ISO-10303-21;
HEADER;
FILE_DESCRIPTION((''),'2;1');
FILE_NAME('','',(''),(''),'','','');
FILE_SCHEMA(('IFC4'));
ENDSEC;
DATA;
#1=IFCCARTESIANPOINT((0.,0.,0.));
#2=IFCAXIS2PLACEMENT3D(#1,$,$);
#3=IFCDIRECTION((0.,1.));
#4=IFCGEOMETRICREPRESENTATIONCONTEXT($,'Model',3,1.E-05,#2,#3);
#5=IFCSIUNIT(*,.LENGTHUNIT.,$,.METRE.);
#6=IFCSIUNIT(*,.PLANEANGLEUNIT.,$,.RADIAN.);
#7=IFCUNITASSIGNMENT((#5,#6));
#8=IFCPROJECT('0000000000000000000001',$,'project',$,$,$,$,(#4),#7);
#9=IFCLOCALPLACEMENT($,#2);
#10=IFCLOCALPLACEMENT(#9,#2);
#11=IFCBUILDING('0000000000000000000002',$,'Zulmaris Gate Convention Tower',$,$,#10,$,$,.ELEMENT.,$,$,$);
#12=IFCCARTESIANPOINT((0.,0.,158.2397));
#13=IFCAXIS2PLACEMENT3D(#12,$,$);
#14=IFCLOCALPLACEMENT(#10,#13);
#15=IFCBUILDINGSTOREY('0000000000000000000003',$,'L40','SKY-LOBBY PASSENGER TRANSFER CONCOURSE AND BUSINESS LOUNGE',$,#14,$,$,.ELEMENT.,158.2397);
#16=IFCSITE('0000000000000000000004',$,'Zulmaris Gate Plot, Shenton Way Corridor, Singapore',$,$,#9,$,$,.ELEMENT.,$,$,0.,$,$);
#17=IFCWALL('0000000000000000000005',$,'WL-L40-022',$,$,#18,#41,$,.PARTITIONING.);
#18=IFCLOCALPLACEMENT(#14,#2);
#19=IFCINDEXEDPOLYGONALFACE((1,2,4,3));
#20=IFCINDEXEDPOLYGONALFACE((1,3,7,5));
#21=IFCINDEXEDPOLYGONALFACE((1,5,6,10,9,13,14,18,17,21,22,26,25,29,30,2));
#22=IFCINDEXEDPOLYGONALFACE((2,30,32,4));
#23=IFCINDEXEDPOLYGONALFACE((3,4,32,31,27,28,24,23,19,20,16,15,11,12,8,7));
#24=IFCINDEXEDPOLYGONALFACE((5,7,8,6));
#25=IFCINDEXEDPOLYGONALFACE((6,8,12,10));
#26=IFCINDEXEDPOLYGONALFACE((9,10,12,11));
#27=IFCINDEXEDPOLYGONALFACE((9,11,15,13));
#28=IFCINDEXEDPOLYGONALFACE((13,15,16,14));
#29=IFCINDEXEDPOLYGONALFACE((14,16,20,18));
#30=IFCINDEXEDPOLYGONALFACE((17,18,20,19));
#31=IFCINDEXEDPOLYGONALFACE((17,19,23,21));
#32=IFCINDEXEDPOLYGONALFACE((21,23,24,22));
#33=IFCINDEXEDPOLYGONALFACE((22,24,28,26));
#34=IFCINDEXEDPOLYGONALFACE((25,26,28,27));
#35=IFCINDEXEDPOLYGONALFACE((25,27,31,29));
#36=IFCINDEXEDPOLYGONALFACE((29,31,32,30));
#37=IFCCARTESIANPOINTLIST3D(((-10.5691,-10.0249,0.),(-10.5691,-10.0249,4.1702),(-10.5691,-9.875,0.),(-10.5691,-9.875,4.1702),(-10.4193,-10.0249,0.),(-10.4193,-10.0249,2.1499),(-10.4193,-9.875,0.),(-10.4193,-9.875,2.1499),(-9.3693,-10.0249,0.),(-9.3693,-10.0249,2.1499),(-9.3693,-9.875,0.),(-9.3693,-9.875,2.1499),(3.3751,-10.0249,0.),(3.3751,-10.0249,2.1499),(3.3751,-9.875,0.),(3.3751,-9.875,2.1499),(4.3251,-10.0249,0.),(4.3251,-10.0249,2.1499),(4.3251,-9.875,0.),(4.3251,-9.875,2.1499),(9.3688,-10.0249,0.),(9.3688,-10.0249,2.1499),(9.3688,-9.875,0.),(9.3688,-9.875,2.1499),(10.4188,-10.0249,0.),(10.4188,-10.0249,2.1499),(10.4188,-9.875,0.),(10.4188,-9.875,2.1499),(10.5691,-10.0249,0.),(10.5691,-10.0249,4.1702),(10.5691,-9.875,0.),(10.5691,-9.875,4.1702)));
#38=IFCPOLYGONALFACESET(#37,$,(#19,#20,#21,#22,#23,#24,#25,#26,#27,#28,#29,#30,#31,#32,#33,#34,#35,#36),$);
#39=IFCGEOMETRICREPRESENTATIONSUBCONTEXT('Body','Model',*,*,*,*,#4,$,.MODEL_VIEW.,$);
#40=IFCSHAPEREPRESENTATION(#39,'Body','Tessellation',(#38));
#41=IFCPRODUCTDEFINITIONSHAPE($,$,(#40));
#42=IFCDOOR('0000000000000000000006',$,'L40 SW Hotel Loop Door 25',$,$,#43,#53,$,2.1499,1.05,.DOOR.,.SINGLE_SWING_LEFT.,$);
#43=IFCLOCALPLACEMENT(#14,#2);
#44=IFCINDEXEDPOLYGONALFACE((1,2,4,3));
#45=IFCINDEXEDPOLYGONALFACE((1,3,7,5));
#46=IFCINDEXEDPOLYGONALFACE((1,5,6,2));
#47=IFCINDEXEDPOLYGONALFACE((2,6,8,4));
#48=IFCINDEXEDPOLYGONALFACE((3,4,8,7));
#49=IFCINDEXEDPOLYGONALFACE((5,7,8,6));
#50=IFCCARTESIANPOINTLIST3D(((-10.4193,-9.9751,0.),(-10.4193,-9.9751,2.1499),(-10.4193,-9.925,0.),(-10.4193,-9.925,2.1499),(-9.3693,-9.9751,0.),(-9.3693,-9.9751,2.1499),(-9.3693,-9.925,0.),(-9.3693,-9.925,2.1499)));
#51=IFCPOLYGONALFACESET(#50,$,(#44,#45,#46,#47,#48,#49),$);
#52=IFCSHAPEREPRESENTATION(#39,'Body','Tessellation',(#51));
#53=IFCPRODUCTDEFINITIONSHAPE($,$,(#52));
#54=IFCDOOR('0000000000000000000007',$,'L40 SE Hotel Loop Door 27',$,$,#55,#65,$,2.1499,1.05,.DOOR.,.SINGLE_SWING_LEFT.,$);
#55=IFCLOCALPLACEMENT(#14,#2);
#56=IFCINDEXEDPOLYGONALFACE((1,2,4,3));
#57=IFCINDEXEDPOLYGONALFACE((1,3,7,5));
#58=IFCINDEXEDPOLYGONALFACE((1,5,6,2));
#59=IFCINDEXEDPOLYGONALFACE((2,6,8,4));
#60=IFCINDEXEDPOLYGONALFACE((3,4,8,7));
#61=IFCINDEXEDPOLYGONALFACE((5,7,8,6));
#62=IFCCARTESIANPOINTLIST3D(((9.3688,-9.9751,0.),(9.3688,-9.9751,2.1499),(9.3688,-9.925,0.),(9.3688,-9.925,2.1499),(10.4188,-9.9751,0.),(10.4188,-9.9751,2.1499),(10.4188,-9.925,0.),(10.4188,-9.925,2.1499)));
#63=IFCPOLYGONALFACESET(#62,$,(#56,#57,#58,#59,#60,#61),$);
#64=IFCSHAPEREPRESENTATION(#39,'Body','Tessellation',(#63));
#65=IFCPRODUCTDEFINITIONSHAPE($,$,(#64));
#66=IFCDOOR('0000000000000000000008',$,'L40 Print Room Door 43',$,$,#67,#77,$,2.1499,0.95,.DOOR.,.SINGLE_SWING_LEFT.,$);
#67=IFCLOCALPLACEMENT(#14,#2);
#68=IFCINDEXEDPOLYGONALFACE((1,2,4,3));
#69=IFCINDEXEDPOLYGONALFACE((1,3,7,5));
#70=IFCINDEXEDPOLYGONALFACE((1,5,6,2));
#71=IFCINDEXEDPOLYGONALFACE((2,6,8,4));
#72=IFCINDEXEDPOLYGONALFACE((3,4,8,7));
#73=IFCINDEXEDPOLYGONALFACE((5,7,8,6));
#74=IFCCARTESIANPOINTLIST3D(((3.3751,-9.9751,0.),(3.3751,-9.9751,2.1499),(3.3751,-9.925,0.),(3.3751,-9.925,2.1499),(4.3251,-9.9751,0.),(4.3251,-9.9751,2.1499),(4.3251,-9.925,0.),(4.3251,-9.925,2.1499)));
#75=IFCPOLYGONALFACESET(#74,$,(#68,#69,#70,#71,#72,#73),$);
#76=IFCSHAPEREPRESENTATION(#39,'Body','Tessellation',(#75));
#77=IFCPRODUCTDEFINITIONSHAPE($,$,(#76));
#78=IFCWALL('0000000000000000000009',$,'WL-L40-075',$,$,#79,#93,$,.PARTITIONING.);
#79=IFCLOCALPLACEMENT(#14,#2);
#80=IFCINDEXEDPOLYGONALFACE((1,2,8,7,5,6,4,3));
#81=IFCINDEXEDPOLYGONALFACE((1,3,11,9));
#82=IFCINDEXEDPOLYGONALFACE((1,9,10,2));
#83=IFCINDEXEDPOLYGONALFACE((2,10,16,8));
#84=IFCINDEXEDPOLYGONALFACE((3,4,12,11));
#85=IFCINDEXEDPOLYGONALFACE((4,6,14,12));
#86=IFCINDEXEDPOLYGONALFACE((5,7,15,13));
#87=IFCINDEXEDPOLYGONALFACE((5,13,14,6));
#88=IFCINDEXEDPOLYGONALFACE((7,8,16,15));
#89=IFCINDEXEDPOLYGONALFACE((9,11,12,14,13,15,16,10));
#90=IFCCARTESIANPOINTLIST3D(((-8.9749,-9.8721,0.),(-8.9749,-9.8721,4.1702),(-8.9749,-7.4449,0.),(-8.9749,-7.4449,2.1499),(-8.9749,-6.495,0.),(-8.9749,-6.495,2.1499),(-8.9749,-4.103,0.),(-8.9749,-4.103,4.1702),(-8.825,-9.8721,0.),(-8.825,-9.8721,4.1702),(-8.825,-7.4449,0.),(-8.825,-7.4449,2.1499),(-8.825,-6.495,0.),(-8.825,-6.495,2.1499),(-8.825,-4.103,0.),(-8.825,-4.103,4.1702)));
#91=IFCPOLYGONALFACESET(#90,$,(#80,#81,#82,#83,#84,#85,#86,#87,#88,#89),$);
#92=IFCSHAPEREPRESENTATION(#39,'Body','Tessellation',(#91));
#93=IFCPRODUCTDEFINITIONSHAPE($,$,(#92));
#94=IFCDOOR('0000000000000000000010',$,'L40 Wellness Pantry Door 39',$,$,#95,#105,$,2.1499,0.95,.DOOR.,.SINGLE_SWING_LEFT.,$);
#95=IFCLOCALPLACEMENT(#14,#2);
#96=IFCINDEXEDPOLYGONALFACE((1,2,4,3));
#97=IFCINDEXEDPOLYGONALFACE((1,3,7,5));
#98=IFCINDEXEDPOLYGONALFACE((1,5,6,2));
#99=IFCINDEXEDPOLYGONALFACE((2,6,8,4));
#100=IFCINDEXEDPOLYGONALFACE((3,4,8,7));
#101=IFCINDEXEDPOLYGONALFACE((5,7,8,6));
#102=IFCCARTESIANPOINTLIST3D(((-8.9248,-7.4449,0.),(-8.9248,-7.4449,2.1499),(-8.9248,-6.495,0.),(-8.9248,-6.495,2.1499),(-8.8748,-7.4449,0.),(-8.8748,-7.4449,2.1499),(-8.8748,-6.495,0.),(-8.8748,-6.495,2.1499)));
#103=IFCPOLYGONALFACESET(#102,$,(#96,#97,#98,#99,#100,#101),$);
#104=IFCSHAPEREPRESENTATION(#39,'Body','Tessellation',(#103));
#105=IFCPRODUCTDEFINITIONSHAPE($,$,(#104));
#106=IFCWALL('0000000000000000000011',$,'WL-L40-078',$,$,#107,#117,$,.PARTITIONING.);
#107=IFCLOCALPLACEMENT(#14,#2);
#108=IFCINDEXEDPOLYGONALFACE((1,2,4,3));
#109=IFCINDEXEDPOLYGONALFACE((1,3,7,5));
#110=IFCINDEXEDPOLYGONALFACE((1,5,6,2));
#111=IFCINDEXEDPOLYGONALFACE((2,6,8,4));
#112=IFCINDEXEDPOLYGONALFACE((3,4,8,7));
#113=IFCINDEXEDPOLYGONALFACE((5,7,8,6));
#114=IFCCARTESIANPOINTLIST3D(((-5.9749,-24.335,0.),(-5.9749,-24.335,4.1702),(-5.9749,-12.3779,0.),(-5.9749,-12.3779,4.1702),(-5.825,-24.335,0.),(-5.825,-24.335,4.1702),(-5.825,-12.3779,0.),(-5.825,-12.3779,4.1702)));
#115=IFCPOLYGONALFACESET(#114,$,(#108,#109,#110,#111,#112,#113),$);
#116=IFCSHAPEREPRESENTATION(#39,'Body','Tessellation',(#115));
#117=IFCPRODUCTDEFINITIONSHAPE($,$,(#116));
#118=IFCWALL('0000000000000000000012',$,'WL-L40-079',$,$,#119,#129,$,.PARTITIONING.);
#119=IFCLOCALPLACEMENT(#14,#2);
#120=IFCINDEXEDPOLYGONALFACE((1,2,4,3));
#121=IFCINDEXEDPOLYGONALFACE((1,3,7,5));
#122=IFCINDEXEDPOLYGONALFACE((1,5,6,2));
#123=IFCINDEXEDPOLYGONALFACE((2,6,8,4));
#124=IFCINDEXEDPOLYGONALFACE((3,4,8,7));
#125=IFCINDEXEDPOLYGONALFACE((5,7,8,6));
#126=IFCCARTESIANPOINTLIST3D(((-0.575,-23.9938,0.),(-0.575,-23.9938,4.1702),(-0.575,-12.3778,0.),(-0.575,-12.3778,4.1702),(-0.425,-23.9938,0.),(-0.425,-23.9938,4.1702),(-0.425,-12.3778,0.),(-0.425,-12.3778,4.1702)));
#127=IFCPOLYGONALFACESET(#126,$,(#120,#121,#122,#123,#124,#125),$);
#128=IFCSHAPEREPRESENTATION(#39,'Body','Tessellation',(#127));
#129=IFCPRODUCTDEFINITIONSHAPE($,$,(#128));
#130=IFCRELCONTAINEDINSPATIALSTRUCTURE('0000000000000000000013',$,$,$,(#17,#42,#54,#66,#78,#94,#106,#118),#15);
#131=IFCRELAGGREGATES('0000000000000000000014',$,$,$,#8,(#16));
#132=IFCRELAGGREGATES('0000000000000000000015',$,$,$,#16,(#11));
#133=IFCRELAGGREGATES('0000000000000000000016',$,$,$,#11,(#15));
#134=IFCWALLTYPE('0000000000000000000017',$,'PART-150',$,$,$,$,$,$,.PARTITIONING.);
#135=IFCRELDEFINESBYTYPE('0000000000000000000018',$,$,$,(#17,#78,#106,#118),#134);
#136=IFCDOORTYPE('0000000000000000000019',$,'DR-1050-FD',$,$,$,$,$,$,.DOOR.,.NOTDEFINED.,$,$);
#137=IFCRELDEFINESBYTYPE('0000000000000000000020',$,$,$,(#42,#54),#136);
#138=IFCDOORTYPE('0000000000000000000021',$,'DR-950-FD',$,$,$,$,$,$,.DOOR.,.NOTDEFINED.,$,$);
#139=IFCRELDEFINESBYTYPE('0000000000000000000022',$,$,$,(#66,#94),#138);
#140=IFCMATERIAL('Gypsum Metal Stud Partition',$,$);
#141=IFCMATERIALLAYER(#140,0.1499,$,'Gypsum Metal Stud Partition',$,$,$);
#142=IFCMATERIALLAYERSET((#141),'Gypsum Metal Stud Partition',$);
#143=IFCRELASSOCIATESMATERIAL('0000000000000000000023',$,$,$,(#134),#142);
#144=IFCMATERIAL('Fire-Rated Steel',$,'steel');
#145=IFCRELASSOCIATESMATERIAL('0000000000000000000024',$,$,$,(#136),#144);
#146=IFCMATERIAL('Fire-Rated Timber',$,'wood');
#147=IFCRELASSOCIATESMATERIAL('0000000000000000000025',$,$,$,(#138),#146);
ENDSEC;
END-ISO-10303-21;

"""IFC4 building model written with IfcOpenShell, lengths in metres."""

from ifc_helpers import new_model, si_unit, direction, frame, frame_2d, origin, place, context, subcontext, project, spatial, rectangle, extrude, material, layer, layer_set, type_object, element, fill, save


model = new_model("IFC4")

# Units and contexts
model_context = context("Model", 3, precision=1e-05, world=origin(), true_north=direction((0.0, 1.0)))
body_context = subcontext(model_context, "Body", "Model", "MODEL_VIEW")
ifc_project = project(units=[si_unit("LENGTHUNIT", "METRE"), si_unit("PLANEANGLEUNIT", "RADIAN")], contexts=[model_context])

# Site, building, storey
site_placement = place(None, origin())
site = spatial("IfcSite", under=ifc_project, at=site_placement, Name="Zulmaris Gate Plot, Shenton Way Corridor, Singapore", CompositionType="ELEMENT", RefElevation=0.0)
building_placement = place(site_placement, origin())
building = spatial("IfcBuilding", under=site, at=building_placement, Name="Zulmaris Gate Convention Tower", CompositionType="ELEMENT")
storey_placement = place(building_placement, frame((0.0, 0.0, 158.2397)))
storey = spatial("IfcBuildingStorey", under=building, at=storey_placement, Name="L40", Description="SKY-LOBBY PASSENGER TRANSFER CONCOURSE AND BUSINESS LOUNGE", CompositionType="ELEMENT", Elevation=158.2397)

# Wall, openings, doors
ifc_material_1 = material(Name="Gypsum Metal Stud Partition")
ifc_layer_1 = layer(ifc_material_1, 0.1499, Name="Gypsum Metal Stud Partition")
ifc_layer_set_1 = layer_set([ifc_layer_1], Name="Gypsum Metal Stud Partition")
wall_type_1 = type_object("IfcWallType", Name="PART-150", PredefinedType="PARTITIONING", material=ifc_layer_set_1)
wall_1_placement = place(storey_placement, frame((-10.5691, -9.95, 0.0), z_axis=(0.0, 0.0, 1.0), x_axis=(1.0, 0.0, 0.0)))
wall_1 = element("IfcWall", 1, at=wall_1_placement, inside=storey, type_object=wall_type_1, Name="WL-L40-022", PredefinedType="PARTITIONING", context=body_context, shape_type="SweptSolid", body=[
    extrude(rectangle(XDim=21.1382, YDim=0.1499, at=frame_2d((10.5691, 0.0))), origin(), (0.0, 0.0, 1.0), 4.1702),
])
opening_1_placement = place(wall_1_placement, frame((0.1499, 0.0, 0.0)))
opening_1 = element("IfcOpeningElement", 2, at=opening_1_placement, cuts=wall_1, PredefinedType="OPENING", context=body_context, shape_type="SweptSolid", body=[
    extrude(rectangle(XDim=1.05, YDim=2.1499, at=frame_2d((0.5249, 1.075))), frame((0.0, 0.085, 0.0), z_axis=(0.0, -1.0, 0.0), x_axis=(1.0, 0.0, 0.0)), (0.0, 0.0, 1.0), 0.1699),
])
opening_2_placement = place(wall_1_placement, frame((19.938, 0.0, 0.0)))
opening_2 = element("IfcOpeningElement", 3, at=opening_2_placement, cuts=wall_1, PredefinedType="OPENING", context=body_context, shape_type="SweptSolid", body=[
    extrude(rectangle(XDim=1.05, YDim=2.1499, at=frame_2d((0.5249, 1.075))), frame((0.0, 0.085, 0.0), z_axis=(0.0, -1.0, 0.0), x_axis=(1.0, 0.0, 0.0)), (0.0, 0.0, 1.0), 0.1699),
])
opening_3_placement = place(wall_1_placement, frame((13.9441, 0.0, 0.0)))
opening_3 = element("IfcOpeningElement", 4, at=opening_3_placement, cuts=wall_1, PredefinedType="OPENING", context=body_context, shape_type="SweptSolid", body=[
    extrude(rectangle(XDim=0.95, YDim=2.1499, at=frame_2d((0.4751, 1.075))), frame((0.0, 0.085, 0.0), z_axis=(0.0, -1.0, 0.0), x_axis=(1.0, 0.0, 0.0)), (0.0, 0.0, 1.0), 0.1699),
])
ifc_material_2 = material(Name="Fire-Rated Steel", Category="steel")
door_type_1 = type_object("IfcDoorType", Name="DR-1050-FD", OperationType="NOTDEFINED", PredefinedType="DOOR", material=ifc_material_2)
door_1_placement = place(opening_1_placement, origin())
door_1 = element("IfcDoor", 5, at=door_1_placement, inside=storey, type_object=door_type_1, Name="L40 SW Hotel Loop Door 25", OperationType="SINGLE_SWING_LEFT", OverallHeight=2.1499, OverallWidth=1.05, PredefinedType="DOOR", context=body_context, shape_type="SweptSolid", body=[
    extrude(rectangle(XDim=1.05, YDim=2.1499, at=frame_2d((0.5249, 1.075))), frame((0.0, 0.0249, 0.0), z_axis=(0.0, -1.0, 0.0), x_axis=(1.0, 0.0, 0.0)), (0.0, 0.0, 1.0), 0.05),
])
fill(opening_1, door_1)
door_2_placement = place(opening_2_placement, origin())
door_2 = element("IfcDoor", 6, at=door_2_placement, inside=storey, type_object=door_type_1, Name="L40 SE Hotel Loop Door 27", OperationType="SINGLE_SWING_LEFT", OverallHeight=2.1499, OverallWidth=1.05, PredefinedType="DOOR", context=body_context, shape_type="SweptSolid", body=[
    extrude(rectangle(XDim=1.05, YDim=2.1499, at=frame_2d((0.5249, 1.075))), frame((0.0, 0.0249, 0.0), z_axis=(0.0, -1.0, 0.0), x_axis=(1.0, 0.0, 0.0)), (0.0, 0.0, 1.0), 0.05),
])
fill(opening_2, door_2)
ifc_material_3 = material(Name="Fire-Rated Timber", Category="wood")
door_type_2 = type_object("IfcDoorType", Name="DR-950-FD", OperationType="NOTDEFINED", PredefinedType="DOOR", material=ifc_material_3)
door_3_placement = place(opening_3_placement, origin())
door_3 = element("IfcDoor", 7, at=door_3_placement, inside=storey, type_object=door_type_2, Name="L40 Print Room Door 43", OperationType="SINGLE_SWING_LEFT", OverallHeight=2.1499, OverallWidth=0.95, PredefinedType="DOOR", context=body_context, shape_type="SweptSolid", body=[
    extrude(rectangle(XDim=0.95, YDim=2.1499, at=frame_2d((0.4751, 1.075))), frame((0.0, 0.0249, 0.0), z_axis=(0.0, -1.0, 0.0), x_axis=(1.0, 0.0, 0.0)), (0.0, 0.0, 1.0), 0.05),
])
fill(opening_3, door_3)

# Wall, opening, door
wall_2_placement = place(storey_placement, frame((-8.8999, -9.8721, 0.0), z_axis=(0.0, 0.0, 1.0), x_axis=(0.0, 1.0, 0.0)))
wall_2 = element("IfcWall", 8, at=wall_2_placement, inside=storey, type_object=wall_type_1, Name="WL-L40-075", PredefinedType="PARTITIONING", context=body_context, shape_type="SweptSolid", body=[
    extrude(rectangle(XDim=5.769, YDim=0.1499, at=frame_2d((2.8845, 0.0))), origin(), (0.0, 0.0, 1.0), 4.1702),
])
opening_4_placement = place(wall_2_placement, frame((2.427, 0.0, 0.0)))
opening_4 = element("IfcOpeningElement", 9, at=opening_4_placement, cuts=wall_2, PredefinedType="OPENING", context=body_context, shape_type="SweptSolid", body=[
    extrude(rectangle(XDim=0.95, YDim=2.1499, at=frame_2d((0.4751, 1.075))), frame((0.0, 0.085, 0.0), z_axis=(0.0, -1.0, 0.0), x_axis=(1.0, 0.0, 0.0)), (0.0, 0.0, 1.0), 0.1699),
])
door_4_placement = place(opening_4_placement, origin())
door_4 = element("IfcDoor", 10, at=door_4_placement, inside=storey, type_object=door_type_2, Name="L40 Wellness Pantry Door 39", OperationType="SINGLE_SWING_LEFT", OverallHeight=2.1499, OverallWidth=0.95, PredefinedType="DOOR", context=body_context, shape_type="SweptSolid", body=[
    extrude(rectangle(XDim=0.95, YDim=2.1499, at=frame_2d((0.4751, 1.075))), frame((0.0, 0.0249, 0.0), z_axis=(0.0, -1.0, 0.0), x_axis=(1.0, 0.0, 0.0)), (0.0, 0.0, 1.0), 0.05),
])
fill(opening_4, door_4)

# Walls
wall_3_placement = place(storey_placement, frame((-5.8999, -24.335, 0.0), z_axis=(0.0, 0.0, 1.0), x_axis=(0.0, 1.0, 0.0)))
element("IfcWall", 11, at=wall_3_placement, inside=storey, type_object=wall_type_1, Name="WL-L40-078", PredefinedType="PARTITIONING", context=body_context, shape_type="SweptSolid", body=[
    extrude(rectangle(XDim=11.957, YDim=0.1499, at=frame_2d((5.9785, 0.0))), origin(), (0.0, 0.0, 1.0), 4.1702),
])
wall_4_placement = place(storey_placement, frame((-0.5, -23.9939, 0.0), z_axis=(0.0, 0.0, 1.0), x_axis=(0.0, 1.0, 0.0)))
element("IfcWall", 12, at=wall_4_placement, inside=storey, type_object=wall_type_1, Name="WL-L40-079", PredefinedType="PARTITIONING", context=body_context, shape_type="SweptSolid", body=[
    extrude(rectangle(XDim=11.616, YDim=0.1499, at=frame_2d((5.8081, 0.0))), origin(), (0.0, 0.0, 1.0), 4.1702),
])

save(model, "model.ifc")
